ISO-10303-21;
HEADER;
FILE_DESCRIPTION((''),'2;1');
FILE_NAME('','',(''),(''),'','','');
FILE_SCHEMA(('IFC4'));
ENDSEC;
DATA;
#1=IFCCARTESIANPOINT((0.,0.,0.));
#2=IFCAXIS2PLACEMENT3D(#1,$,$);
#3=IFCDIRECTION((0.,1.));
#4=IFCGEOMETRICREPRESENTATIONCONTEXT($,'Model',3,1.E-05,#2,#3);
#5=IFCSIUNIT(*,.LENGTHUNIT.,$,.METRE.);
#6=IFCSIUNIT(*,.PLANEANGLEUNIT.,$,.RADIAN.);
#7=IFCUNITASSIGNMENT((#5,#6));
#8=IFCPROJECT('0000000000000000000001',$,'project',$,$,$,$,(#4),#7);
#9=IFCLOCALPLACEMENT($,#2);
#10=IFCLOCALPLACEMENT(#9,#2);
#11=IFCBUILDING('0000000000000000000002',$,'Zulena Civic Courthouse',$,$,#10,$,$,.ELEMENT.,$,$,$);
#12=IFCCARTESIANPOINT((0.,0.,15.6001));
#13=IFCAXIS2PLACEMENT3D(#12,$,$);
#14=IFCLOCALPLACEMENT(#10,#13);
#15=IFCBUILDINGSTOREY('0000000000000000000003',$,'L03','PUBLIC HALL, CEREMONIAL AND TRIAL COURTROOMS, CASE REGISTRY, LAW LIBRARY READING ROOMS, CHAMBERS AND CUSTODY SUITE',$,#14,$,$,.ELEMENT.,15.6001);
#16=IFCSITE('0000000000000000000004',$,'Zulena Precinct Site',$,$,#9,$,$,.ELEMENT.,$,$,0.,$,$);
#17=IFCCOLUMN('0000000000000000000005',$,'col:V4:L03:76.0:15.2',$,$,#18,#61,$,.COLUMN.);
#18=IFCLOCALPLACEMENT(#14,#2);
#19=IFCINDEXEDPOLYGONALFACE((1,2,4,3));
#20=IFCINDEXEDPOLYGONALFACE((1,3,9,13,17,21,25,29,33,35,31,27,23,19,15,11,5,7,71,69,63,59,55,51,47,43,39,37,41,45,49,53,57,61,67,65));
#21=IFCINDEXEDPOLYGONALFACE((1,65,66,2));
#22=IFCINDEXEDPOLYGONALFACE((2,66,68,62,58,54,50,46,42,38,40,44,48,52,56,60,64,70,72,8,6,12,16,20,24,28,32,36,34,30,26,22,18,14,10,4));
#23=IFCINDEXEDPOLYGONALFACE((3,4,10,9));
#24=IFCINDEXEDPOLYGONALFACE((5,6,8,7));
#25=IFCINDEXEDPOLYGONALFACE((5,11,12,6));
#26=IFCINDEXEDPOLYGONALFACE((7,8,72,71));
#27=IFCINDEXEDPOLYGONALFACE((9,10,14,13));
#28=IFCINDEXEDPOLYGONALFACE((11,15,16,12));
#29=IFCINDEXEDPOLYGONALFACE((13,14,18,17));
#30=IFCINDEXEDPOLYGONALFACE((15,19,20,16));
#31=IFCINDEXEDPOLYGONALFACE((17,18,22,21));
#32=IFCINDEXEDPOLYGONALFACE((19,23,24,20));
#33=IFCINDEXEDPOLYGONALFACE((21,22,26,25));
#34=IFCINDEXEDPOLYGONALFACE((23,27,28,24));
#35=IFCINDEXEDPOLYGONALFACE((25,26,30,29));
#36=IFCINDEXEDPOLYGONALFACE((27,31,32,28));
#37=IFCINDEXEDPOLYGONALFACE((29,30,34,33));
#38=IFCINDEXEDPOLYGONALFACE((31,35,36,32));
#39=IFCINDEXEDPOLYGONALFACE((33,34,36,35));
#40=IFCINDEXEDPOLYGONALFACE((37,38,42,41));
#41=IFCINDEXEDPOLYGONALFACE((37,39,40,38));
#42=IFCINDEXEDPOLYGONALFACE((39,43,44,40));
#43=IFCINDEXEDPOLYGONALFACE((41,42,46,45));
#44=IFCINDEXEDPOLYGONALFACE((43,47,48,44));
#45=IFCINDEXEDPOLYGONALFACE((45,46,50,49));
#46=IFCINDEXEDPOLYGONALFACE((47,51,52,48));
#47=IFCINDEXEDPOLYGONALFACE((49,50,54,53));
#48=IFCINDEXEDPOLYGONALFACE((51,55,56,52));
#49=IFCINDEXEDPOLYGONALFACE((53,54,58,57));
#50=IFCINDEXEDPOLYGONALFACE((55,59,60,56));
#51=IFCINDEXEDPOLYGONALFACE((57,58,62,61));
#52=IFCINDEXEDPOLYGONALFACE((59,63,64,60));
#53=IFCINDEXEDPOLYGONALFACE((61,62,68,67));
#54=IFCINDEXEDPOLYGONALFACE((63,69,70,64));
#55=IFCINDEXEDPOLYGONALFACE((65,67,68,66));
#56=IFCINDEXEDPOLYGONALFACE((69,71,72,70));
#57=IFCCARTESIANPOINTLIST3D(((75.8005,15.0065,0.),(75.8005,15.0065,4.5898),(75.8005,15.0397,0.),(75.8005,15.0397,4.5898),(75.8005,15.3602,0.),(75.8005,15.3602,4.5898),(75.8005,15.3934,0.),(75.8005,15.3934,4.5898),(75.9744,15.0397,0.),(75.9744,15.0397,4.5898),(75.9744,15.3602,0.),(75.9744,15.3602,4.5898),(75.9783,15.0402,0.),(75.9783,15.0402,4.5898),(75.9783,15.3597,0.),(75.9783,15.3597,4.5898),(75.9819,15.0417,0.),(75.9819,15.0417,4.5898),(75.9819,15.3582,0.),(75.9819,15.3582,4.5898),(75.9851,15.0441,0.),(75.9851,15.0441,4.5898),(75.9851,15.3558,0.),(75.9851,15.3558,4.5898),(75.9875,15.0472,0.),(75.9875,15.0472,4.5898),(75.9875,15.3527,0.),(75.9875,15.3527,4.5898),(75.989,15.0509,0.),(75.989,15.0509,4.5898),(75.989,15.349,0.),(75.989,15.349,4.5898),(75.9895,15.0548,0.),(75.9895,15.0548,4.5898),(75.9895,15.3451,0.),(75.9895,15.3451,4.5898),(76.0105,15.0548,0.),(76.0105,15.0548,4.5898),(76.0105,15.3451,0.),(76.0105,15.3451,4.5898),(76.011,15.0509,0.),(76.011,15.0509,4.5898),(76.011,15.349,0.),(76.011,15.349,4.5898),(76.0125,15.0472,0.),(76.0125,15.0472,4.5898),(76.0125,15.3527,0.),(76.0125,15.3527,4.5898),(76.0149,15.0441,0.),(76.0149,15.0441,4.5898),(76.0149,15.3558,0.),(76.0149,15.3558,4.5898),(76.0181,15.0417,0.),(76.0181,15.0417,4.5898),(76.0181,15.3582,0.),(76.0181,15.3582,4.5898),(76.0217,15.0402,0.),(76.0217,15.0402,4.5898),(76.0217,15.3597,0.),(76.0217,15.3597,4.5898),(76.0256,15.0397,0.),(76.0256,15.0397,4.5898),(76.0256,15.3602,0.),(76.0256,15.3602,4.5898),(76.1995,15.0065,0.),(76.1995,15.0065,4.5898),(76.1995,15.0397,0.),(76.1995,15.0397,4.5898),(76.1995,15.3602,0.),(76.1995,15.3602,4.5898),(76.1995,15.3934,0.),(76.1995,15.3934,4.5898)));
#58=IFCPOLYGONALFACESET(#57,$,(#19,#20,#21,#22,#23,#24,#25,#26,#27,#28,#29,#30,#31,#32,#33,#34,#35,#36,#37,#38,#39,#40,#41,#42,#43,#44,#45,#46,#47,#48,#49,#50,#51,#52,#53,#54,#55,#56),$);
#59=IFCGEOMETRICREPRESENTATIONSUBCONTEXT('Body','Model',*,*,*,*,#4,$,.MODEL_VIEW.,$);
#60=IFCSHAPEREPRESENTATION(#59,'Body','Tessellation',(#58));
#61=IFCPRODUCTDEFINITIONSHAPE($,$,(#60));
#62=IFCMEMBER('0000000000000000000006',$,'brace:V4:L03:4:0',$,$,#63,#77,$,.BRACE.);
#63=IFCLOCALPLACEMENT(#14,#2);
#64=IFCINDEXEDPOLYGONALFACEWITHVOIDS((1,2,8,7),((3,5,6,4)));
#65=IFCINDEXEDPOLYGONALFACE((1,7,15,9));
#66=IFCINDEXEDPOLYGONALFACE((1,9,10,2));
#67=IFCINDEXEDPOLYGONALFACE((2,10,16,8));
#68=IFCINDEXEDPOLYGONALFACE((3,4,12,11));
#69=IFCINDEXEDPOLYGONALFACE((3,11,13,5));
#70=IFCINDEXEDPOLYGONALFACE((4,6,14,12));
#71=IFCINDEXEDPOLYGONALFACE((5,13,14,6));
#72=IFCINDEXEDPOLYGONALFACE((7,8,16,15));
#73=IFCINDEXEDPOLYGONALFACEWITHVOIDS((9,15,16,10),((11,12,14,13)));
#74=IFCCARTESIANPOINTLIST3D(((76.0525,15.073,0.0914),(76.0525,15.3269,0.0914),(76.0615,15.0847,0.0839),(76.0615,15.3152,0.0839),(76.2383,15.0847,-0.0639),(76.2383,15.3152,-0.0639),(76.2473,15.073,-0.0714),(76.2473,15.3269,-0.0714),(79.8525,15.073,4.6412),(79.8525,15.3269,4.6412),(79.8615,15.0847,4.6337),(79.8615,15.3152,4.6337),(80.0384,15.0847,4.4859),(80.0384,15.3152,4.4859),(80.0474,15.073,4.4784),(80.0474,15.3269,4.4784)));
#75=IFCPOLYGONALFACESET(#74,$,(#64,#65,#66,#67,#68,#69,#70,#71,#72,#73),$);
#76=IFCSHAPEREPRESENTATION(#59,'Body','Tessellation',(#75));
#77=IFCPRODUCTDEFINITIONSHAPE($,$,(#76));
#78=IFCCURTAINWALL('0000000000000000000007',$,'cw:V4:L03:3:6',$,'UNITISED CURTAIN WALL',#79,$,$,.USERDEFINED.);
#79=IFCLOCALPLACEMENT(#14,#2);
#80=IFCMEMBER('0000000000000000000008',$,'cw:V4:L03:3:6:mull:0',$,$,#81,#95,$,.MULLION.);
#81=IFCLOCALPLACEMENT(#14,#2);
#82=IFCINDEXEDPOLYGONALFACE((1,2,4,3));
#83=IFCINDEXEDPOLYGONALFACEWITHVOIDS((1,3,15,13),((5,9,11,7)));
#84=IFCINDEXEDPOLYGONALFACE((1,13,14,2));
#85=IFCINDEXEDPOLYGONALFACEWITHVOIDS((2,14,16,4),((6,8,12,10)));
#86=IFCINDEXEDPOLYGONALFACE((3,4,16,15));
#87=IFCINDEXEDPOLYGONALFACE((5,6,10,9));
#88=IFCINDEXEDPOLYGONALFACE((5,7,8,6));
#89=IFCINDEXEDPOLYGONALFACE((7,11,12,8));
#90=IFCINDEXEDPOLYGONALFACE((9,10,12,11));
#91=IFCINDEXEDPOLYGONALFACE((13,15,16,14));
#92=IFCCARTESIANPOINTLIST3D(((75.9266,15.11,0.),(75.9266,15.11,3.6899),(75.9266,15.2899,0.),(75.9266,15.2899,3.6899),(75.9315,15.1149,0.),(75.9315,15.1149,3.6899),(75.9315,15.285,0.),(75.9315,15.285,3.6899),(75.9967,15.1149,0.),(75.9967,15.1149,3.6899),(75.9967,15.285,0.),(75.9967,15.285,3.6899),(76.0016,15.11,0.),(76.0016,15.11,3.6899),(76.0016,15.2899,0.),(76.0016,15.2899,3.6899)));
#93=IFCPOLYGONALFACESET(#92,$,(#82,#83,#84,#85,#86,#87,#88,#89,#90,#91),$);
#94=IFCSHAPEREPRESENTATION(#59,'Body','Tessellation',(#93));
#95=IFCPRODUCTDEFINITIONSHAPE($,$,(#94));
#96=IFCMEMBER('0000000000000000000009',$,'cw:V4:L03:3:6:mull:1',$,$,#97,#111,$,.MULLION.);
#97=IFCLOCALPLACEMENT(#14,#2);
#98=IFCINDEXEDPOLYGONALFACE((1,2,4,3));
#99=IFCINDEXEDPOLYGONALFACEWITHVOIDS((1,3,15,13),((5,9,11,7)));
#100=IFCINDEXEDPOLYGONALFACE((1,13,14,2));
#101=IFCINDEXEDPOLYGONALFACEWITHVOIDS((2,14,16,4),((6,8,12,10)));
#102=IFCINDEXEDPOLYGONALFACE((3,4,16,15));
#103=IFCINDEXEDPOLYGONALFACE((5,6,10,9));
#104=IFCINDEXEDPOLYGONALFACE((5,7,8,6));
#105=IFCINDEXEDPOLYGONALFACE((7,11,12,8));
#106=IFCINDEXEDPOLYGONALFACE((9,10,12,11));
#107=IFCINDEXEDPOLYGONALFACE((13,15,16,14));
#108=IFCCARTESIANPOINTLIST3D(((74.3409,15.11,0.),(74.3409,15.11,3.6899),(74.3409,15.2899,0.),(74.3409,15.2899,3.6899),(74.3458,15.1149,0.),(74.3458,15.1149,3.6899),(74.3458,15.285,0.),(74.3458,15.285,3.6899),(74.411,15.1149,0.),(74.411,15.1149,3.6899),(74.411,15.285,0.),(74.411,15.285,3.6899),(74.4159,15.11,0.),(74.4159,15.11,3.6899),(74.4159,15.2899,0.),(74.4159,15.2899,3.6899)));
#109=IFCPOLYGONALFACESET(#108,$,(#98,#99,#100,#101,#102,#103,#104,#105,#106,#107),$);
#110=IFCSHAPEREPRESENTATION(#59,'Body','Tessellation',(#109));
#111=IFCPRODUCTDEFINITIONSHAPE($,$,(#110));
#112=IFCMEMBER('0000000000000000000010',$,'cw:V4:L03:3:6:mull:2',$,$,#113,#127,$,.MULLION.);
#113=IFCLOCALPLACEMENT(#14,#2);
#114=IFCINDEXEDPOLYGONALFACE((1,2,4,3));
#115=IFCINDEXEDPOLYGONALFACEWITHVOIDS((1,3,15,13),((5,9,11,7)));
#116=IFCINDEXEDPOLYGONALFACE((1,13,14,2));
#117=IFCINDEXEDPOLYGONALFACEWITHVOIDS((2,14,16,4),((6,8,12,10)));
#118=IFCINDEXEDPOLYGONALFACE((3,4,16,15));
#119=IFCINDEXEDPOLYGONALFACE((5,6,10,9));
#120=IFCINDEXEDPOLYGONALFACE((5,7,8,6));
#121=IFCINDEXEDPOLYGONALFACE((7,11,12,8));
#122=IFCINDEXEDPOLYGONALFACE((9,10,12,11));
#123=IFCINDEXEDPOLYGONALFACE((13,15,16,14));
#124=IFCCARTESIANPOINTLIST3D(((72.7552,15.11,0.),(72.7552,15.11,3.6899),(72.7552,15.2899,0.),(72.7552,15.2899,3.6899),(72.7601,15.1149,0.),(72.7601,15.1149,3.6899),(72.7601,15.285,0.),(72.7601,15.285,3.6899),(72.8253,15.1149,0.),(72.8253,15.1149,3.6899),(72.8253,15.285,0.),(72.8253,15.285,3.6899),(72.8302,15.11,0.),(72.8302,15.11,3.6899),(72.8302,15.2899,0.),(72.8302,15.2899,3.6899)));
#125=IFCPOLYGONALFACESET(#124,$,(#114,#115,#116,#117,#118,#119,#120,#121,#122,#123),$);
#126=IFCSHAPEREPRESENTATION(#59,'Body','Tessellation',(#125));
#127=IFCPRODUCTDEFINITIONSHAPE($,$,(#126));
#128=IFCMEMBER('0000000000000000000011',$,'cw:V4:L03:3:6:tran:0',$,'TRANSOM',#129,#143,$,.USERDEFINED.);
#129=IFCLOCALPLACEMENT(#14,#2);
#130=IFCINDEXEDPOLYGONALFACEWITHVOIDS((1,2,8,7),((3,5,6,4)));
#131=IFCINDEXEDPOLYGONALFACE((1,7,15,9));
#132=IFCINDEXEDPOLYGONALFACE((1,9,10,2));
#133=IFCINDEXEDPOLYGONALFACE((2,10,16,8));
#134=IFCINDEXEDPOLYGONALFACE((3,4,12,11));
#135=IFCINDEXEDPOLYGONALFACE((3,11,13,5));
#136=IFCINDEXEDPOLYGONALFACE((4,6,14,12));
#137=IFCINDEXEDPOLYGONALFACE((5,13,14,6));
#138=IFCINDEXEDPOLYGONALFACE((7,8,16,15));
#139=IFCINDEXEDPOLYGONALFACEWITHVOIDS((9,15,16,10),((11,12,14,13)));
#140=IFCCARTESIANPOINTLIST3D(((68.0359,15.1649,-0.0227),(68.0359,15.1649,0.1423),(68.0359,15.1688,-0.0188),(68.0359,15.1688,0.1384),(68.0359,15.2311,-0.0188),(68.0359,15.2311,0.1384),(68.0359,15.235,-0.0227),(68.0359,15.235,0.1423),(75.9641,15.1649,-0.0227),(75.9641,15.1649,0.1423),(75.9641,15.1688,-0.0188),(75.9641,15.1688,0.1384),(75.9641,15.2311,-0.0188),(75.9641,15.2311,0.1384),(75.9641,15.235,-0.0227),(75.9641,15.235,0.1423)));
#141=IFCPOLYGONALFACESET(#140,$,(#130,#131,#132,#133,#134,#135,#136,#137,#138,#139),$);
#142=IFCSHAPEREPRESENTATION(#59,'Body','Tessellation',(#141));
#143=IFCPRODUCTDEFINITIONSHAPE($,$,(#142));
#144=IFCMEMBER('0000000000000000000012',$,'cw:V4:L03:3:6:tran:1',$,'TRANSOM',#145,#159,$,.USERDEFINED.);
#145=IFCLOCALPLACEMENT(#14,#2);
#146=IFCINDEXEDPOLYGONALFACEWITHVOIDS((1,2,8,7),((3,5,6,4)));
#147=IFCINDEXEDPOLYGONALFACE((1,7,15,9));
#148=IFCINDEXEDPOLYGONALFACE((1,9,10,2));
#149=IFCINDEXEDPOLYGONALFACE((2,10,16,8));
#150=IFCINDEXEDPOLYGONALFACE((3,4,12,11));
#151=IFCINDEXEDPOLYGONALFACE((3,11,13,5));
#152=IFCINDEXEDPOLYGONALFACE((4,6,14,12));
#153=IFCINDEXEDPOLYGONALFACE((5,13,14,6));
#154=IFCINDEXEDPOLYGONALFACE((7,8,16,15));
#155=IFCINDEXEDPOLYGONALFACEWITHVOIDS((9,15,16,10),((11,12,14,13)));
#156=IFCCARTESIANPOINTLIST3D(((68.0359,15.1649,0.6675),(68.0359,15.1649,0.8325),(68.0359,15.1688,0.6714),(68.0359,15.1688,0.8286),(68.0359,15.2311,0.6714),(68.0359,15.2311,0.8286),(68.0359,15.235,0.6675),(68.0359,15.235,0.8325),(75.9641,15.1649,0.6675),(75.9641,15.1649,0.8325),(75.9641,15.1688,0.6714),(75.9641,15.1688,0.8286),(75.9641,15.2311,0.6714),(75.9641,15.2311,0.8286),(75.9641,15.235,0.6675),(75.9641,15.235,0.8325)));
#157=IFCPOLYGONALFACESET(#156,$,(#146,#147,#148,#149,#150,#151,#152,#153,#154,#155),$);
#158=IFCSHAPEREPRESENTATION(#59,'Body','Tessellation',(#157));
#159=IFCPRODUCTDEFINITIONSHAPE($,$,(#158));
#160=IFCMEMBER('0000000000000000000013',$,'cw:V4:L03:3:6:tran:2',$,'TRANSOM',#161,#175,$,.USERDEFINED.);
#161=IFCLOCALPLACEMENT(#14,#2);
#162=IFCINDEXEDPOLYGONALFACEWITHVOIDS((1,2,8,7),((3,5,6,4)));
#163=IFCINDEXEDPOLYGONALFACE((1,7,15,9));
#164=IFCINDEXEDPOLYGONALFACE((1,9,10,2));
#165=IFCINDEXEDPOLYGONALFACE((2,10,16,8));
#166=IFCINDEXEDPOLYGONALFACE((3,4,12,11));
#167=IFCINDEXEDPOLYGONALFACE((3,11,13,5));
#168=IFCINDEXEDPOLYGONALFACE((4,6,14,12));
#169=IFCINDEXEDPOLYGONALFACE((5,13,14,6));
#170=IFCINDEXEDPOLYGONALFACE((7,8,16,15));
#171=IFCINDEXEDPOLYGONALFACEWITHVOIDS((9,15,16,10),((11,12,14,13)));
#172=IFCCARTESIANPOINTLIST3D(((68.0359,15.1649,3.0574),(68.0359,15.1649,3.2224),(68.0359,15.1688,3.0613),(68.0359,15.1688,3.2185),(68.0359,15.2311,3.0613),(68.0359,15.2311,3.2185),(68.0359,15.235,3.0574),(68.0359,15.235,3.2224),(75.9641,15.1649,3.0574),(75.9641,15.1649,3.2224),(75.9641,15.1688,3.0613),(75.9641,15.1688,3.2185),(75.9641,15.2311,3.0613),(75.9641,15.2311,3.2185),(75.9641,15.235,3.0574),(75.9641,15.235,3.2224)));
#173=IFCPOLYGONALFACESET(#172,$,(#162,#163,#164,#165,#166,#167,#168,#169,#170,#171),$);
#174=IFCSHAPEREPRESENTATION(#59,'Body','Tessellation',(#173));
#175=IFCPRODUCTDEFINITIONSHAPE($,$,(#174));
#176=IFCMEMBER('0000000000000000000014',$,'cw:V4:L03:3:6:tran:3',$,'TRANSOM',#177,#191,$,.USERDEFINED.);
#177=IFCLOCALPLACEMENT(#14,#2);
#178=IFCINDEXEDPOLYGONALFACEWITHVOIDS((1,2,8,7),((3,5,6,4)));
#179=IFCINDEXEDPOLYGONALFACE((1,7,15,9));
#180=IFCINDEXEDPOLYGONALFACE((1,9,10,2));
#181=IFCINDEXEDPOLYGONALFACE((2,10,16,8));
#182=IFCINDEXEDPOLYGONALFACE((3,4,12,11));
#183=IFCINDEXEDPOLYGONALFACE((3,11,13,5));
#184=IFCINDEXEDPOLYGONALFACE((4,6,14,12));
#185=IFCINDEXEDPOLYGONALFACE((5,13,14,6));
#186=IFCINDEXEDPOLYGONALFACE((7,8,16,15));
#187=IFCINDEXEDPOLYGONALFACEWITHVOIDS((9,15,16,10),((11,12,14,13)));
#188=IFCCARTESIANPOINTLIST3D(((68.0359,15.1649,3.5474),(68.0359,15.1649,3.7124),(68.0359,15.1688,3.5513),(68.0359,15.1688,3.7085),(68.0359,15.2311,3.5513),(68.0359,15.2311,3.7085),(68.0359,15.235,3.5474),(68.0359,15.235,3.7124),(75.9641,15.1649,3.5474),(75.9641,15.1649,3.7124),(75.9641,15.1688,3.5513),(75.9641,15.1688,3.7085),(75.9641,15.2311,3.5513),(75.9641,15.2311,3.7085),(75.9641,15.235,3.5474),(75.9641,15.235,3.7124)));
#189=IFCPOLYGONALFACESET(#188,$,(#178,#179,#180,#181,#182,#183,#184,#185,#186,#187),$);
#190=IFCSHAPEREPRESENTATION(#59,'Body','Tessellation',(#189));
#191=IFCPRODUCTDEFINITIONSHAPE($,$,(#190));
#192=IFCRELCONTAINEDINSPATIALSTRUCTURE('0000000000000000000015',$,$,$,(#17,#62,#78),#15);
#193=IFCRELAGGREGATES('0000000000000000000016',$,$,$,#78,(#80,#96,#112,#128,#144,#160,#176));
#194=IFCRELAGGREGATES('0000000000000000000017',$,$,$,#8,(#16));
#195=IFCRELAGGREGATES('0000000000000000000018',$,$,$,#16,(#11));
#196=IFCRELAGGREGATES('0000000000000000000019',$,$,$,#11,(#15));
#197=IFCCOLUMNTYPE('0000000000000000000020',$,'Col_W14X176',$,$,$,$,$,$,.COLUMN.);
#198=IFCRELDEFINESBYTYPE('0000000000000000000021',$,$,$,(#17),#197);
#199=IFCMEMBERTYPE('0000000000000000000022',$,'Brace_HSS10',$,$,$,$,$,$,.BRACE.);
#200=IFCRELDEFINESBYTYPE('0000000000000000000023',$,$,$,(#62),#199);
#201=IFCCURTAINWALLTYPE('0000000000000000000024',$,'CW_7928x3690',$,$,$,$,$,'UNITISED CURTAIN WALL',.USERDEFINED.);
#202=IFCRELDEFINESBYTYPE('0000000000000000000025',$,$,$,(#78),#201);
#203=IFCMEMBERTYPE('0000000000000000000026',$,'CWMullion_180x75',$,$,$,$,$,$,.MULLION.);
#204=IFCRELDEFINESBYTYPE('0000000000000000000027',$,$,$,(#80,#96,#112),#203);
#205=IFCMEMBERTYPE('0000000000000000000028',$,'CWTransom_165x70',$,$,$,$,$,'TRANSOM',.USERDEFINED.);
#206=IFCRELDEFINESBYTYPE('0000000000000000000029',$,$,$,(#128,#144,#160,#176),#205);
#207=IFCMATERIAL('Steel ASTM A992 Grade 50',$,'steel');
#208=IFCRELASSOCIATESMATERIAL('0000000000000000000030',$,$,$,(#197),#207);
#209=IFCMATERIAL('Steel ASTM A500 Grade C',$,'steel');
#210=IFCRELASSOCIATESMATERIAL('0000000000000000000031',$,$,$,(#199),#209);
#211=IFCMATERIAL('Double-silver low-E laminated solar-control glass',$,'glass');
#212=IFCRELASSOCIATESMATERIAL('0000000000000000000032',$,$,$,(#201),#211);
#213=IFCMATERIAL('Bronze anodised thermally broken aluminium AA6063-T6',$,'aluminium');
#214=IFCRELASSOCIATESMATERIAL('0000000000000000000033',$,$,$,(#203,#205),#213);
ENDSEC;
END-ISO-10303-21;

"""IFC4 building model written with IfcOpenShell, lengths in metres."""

from ifc_helpers import new_model, si_unit, direction, frame, origin, origin_2d, place, context, subcontext, project, spatial, hollow_rectangle, i_section, extrude, material, material_profile, profile_set, type_object, element, aggregate, save


model = new_model("IFC4")

# Units and contexts
model_context = context("Model", 3, precision=1e-05, world=origin(), true_north=direction((0.0, 1.0)))
body_context = subcontext(model_context, "Body", "Model", "MODEL_VIEW")
ifc_project = project(units=[si_unit("LENGTHUNIT", "METRE"), si_unit("PLANEANGLEUNIT", "RADIAN")], contexts=[model_context])

# Site, building, storey
site_placement = place(None, origin())
site = spatial("IfcSite", under=ifc_project, at=site_placement, Name="Zulena Precinct Site", CompositionType="ELEMENT", RefElevation=0.0)
building_placement = place(site_placement, origin())
building = spatial("IfcBuilding", under=site, at=building_placement, Name="Zulena Civic Courthouse", CompositionType="ELEMENT")
storey_placement = place(building_placement, frame((0.0, 0.0, 15.6001)))
storey = spatial("IfcBuildingStorey", under=building, at=storey_placement, Name="L03", Description="PUBLIC HALL, CEREMONIAL AND TRIAL COURTROOMS, CASE REGISTRY, LAW LIBRARY READING ROOMS, CHAMBERS AND CUSTODY SUITE", CompositionType="ELEMENT", Elevation=15.6001)

# Column
ifc_material_1 = material(Name="Steel ASTM A992 Grade 50", Category="steel")
ifc_material_profile_1 = material_profile(ifc_material_1, i_section(OverallWidth=0.3989, OverallDepth=0.387, WebThickness=0.021, FlangeThickness=0.0332, FilletRadius=0.0151, at=origin_2d()), Name="W14X176")
ifc_profile_set_1 = profile_set([ifc_material_profile_1], Name="Steel ASTM A992 Grade 50")
column_type = type_object("IfcColumnType", Name="Col_W14X176", PredefinedType="COLUMN", material=ifc_profile_set_1)
column_placement = place(storey_placement, frame((76.0, 15.2, 0.0), z_axis=(0.0, 0.0, 1.0), x_axis=(1.0, 0.0, 0.0)))
element("IfcColumn", 1, at=column_placement, inside=storey, type_object=column_type, Name="col:V4:L03:76.0:15.2", PredefinedType="COLUMN", context=body_context, shape_type="SweptSolid", body=[
    extrude(i_section(OverallWidth=0.3989, OverallDepth=0.387, WebThickness=0.021, FlangeThickness=0.0332, FilletRadius=0.0151, at=origin_2d()), origin(), (0.0, 0.0, 1.0), 4.5898),
])

# Member
ifc_material_2 = material(Name="Steel ASTM A500 Grade C", Category="steel")
ifc_material_profile_2 = material_profile(ifc_material_2, hollow_rectangle(XDim=0.2539, YDim=0.2539, WallThickness=0.0117, at=origin_2d()), Name="HSS10X10X1/2")
ifc_profile_set_2 = profile_set([ifc_material_profile_2], Name="Steel ASTM A500 Grade C")
member_type_1 = type_object("IfcMemberType", Name="Brace_HSS10", PredefinedType="BRACE", material=ifc_profile_set_2)
member_1_placement = place(storey_placement, frame((76.1499, 15.2, 0.01), z_axis=(0.641035, 0.0, 0.767512), x_axis=(0.0, 1.0, 0.0)))
element("IfcMember", 2, at=member_1_placement, inside=storey, type_object=member_type_1, Name="brace:V4:L03:4:0", PredefinedType="BRACE", context=body_context, shape_type="SweptSolid", body=[
    extrude(hollow_rectangle(XDim=0.2539, YDim=0.2539, WallThickness=0.0117, at=origin_2d()), origin(), (0.0, 0.0, 1.0), 5.928),
])

# Curtain wall, members
ifc_material_3 = material(Name="Double-silver low-E laminated solar-control glass", Category="glass")
curtain_wall_type = type_object("IfcCurtainWallType", Name="CW_7928x3690", ElementType="UNITISED CURTAIN WALL", PredefinedType="USERDEFINED", material=ifc_material_3)
curtain_wall_placement = place(storey_placement, origin())
curtain_wall = element("IfcCurtainWall", 3, at=curtain_wall_placement, inside=storey, type_object=curtain_wall_type, Name="cw:V4:L03:3:6", ObjectType="UNITISED CURTAIN WALL", PredefinedType="USERDEFINED")
ifc_material_4 = material(Name="Bronze anodised thermally broken aluminium AA6063-T6", Category="aluminium")
ifc_material_profile_3 = material_profile(ifc_material_4, hollow_rectangle(XDim=0.075, YDim=0.1799, WallThickness=0.0049, at=origin_2d()), Name="CWM180X75X5")
ifc_profile_set_3 = profile_set([ifc_material_profile_3], Name="Bronze anodised thermally broken aluminium AA6063-T6")
member_type_2 = type_object("IfcMemberType", Name="CWMullion_180x75", PredefinedType="MULLION", material=ifc_profile_set_3)
member_2_placement = place(storey_placement, frame((75.9641, 15.2, 0.0), z_axis=(0.0, 0.0, 1.0), x_axis=(1.0, 0.0, 0.0)))
member_2 = element("IfcMember", 4, at=member_2_placement, type_object=member_type_2, Name="cw:V4:L03:3:6:mull:0", PredefinedType="MULLION", context=body_context, shape_type="SweptSolid", body=[
    extrude(hollow_rectangle(XDim=0.075, YDim=0.1799, WallThickness=0.0049, at=origin_2d()), origin(), (0.0, 0.0, 1.0), 3.6899),
])
member_3_placement = place(storey_placement, frame((74.3784, 15.2, 0.0), z_axis=(0.0, 0.0, 1.0), x_axis=(1.0, 0.0, 0.0)))
member_3 = element("IfcMember", 5, at=member_3_placement, type_object=member_type_2, Name="cw:V4:L03:3:6:mull:1", PredefinedType="MULLION", context=body_context, shape_type="SweptSolid", body=[
    extrude(hollow_rectangle(XDim=0.075, YDim=0.1799, WallThickness=0.0049, at=origin_2d()), origin(), (0.0, 0.0, 1.0), 3.6899),
])
member_4_placement = place(storey_placement, frame((72.7927, 15.2, 0.0), z_axis=(0.0, 0.0, 1.0), x_axis=(1.0, 0.0, 0.0)))
member_4 = element("IfcMember", 6, at=member_4_placement, type_object=member_type_2, Name="cw:V4:L03:3:6:mull:2", PredefinedType="MULLION", context=body_context, shape_type="SweptSolid", body=[
    extrude(hollow_rectangle(XDim=0.075, YDim=0.1799, WallThickness=0.0049, at=origin_2d()), origin(), (0.0, 0.0, 1.0), 3.6899),
])
ifc_material_profile_4 = material_profile(ifc_material_4, hollow_rectangle(XDim=0.0701, YDim=0.165, WallThickness=0.0039, at=origin_2d()), Name="CWT165X70X4")
ifc_profile_set_4 = profile_set([ifc_material_profile_4], Name="Bronze anodised thermally broken aluminium AA6063-T6")
member_type_3 = type_object("IfcMemberType", Name="CWTransom_165x70", ElementType="TRANSOM", PredefinedType="USERDEFINED", material=ifc_profile_set_4)
member_5_placement = place(storey_placement, frame((75.9641, 15.2, 0.0598), z_axis=(-1.0, 0.0, 0.0), x_axis=(0.0, -1.0, 0.0)))
member_5 = element("IfcMember", 7, at=member_5_placement, type_object=member_type_3, Name="cw:V4:L03:3:6:tran:0", ObjectType="TRANSOM", PredefinedType="USERDEFINED", context=body_context, shape_type="SweptSolid", body=[
    extrude(hollow_rectangle(XDim=0.0701, YDim=0.165, WallThickness=0.0039, at=origin_2d()), origin(), (0.0, 0.0, 1.0), 7.9282),
])
member_6_placement = place(storey_placement, frame((75.9641, 15.2, 0.75), z_axis=(-1.0, 0.0, 0.0), x_axis=(0.0, -1.0, 0.0)))
member_6 = element("IfcMember", 8, at=member_6_placement, type_object=member_type_3, Name="cw:V4:L03:3:6:tran:1", ObjectType="TRANSOM", PredefinedType="USERDEFINED", context=body_context, shape_type="SweptSolid", body=[
    extrude(hollow_rectangle(XDim=0.0701, YDim=0.165, WallThickness=0.0039, at=origin_2d()), origin(), (0.0, 0.0, 1.0), 7.9282),
])
member_7_placement = place(storey_placement, frame((75.9641, 15.2, 3.1399), z_axis=(-1.0, 0.0, 0.0), x_axis=(0.0, -1.0, 0.0)))
member_7 = element("IfcMember", 9, at=member_7_placement, type_object=member_type_3, Name="cw:V4:L03:3:6:tran:2", ObjectType="TRANSOM", PredefinedType="USERDEFINED", context=body_context, shape_type="SweptSolid", body=[
    extrude(hollow_rectangle(XDim=0.0701, YDim=0.165, WallThickness=0.0039, at=origin_2d()), origin(), (0.0, 0.0, 1.0), 7.9282),
])
member_8_placement = place(storey_placement, frame((75.9641, 15.2, 3.6299), z_axis=(-1.0, 0.0, 0.0), x_axis=(0.0, -1.0, 0.0)))
member_8 = element("IfcMember", 10, at=member_8_placement, type_object=member_type_3, Name="cw:V4:L03:3:6:tran:3", ObjectType="TRANSOM", PredefinedType="USERDEFINED", context=body_context, shape_type="SweptSolid", body=[
    extrude(hollow_rectangle(XDim=0.0701, YDim=0.165, WallThickness=0.0039, at=origin_2d()), origin(), (0.0, 0.0, 1.0), 7.9282),
])

aggregate(curtain_wall, [member_2, member_3, member_4, member_5, member_6, member_7, member_8])

save(model, "model.ifc")
